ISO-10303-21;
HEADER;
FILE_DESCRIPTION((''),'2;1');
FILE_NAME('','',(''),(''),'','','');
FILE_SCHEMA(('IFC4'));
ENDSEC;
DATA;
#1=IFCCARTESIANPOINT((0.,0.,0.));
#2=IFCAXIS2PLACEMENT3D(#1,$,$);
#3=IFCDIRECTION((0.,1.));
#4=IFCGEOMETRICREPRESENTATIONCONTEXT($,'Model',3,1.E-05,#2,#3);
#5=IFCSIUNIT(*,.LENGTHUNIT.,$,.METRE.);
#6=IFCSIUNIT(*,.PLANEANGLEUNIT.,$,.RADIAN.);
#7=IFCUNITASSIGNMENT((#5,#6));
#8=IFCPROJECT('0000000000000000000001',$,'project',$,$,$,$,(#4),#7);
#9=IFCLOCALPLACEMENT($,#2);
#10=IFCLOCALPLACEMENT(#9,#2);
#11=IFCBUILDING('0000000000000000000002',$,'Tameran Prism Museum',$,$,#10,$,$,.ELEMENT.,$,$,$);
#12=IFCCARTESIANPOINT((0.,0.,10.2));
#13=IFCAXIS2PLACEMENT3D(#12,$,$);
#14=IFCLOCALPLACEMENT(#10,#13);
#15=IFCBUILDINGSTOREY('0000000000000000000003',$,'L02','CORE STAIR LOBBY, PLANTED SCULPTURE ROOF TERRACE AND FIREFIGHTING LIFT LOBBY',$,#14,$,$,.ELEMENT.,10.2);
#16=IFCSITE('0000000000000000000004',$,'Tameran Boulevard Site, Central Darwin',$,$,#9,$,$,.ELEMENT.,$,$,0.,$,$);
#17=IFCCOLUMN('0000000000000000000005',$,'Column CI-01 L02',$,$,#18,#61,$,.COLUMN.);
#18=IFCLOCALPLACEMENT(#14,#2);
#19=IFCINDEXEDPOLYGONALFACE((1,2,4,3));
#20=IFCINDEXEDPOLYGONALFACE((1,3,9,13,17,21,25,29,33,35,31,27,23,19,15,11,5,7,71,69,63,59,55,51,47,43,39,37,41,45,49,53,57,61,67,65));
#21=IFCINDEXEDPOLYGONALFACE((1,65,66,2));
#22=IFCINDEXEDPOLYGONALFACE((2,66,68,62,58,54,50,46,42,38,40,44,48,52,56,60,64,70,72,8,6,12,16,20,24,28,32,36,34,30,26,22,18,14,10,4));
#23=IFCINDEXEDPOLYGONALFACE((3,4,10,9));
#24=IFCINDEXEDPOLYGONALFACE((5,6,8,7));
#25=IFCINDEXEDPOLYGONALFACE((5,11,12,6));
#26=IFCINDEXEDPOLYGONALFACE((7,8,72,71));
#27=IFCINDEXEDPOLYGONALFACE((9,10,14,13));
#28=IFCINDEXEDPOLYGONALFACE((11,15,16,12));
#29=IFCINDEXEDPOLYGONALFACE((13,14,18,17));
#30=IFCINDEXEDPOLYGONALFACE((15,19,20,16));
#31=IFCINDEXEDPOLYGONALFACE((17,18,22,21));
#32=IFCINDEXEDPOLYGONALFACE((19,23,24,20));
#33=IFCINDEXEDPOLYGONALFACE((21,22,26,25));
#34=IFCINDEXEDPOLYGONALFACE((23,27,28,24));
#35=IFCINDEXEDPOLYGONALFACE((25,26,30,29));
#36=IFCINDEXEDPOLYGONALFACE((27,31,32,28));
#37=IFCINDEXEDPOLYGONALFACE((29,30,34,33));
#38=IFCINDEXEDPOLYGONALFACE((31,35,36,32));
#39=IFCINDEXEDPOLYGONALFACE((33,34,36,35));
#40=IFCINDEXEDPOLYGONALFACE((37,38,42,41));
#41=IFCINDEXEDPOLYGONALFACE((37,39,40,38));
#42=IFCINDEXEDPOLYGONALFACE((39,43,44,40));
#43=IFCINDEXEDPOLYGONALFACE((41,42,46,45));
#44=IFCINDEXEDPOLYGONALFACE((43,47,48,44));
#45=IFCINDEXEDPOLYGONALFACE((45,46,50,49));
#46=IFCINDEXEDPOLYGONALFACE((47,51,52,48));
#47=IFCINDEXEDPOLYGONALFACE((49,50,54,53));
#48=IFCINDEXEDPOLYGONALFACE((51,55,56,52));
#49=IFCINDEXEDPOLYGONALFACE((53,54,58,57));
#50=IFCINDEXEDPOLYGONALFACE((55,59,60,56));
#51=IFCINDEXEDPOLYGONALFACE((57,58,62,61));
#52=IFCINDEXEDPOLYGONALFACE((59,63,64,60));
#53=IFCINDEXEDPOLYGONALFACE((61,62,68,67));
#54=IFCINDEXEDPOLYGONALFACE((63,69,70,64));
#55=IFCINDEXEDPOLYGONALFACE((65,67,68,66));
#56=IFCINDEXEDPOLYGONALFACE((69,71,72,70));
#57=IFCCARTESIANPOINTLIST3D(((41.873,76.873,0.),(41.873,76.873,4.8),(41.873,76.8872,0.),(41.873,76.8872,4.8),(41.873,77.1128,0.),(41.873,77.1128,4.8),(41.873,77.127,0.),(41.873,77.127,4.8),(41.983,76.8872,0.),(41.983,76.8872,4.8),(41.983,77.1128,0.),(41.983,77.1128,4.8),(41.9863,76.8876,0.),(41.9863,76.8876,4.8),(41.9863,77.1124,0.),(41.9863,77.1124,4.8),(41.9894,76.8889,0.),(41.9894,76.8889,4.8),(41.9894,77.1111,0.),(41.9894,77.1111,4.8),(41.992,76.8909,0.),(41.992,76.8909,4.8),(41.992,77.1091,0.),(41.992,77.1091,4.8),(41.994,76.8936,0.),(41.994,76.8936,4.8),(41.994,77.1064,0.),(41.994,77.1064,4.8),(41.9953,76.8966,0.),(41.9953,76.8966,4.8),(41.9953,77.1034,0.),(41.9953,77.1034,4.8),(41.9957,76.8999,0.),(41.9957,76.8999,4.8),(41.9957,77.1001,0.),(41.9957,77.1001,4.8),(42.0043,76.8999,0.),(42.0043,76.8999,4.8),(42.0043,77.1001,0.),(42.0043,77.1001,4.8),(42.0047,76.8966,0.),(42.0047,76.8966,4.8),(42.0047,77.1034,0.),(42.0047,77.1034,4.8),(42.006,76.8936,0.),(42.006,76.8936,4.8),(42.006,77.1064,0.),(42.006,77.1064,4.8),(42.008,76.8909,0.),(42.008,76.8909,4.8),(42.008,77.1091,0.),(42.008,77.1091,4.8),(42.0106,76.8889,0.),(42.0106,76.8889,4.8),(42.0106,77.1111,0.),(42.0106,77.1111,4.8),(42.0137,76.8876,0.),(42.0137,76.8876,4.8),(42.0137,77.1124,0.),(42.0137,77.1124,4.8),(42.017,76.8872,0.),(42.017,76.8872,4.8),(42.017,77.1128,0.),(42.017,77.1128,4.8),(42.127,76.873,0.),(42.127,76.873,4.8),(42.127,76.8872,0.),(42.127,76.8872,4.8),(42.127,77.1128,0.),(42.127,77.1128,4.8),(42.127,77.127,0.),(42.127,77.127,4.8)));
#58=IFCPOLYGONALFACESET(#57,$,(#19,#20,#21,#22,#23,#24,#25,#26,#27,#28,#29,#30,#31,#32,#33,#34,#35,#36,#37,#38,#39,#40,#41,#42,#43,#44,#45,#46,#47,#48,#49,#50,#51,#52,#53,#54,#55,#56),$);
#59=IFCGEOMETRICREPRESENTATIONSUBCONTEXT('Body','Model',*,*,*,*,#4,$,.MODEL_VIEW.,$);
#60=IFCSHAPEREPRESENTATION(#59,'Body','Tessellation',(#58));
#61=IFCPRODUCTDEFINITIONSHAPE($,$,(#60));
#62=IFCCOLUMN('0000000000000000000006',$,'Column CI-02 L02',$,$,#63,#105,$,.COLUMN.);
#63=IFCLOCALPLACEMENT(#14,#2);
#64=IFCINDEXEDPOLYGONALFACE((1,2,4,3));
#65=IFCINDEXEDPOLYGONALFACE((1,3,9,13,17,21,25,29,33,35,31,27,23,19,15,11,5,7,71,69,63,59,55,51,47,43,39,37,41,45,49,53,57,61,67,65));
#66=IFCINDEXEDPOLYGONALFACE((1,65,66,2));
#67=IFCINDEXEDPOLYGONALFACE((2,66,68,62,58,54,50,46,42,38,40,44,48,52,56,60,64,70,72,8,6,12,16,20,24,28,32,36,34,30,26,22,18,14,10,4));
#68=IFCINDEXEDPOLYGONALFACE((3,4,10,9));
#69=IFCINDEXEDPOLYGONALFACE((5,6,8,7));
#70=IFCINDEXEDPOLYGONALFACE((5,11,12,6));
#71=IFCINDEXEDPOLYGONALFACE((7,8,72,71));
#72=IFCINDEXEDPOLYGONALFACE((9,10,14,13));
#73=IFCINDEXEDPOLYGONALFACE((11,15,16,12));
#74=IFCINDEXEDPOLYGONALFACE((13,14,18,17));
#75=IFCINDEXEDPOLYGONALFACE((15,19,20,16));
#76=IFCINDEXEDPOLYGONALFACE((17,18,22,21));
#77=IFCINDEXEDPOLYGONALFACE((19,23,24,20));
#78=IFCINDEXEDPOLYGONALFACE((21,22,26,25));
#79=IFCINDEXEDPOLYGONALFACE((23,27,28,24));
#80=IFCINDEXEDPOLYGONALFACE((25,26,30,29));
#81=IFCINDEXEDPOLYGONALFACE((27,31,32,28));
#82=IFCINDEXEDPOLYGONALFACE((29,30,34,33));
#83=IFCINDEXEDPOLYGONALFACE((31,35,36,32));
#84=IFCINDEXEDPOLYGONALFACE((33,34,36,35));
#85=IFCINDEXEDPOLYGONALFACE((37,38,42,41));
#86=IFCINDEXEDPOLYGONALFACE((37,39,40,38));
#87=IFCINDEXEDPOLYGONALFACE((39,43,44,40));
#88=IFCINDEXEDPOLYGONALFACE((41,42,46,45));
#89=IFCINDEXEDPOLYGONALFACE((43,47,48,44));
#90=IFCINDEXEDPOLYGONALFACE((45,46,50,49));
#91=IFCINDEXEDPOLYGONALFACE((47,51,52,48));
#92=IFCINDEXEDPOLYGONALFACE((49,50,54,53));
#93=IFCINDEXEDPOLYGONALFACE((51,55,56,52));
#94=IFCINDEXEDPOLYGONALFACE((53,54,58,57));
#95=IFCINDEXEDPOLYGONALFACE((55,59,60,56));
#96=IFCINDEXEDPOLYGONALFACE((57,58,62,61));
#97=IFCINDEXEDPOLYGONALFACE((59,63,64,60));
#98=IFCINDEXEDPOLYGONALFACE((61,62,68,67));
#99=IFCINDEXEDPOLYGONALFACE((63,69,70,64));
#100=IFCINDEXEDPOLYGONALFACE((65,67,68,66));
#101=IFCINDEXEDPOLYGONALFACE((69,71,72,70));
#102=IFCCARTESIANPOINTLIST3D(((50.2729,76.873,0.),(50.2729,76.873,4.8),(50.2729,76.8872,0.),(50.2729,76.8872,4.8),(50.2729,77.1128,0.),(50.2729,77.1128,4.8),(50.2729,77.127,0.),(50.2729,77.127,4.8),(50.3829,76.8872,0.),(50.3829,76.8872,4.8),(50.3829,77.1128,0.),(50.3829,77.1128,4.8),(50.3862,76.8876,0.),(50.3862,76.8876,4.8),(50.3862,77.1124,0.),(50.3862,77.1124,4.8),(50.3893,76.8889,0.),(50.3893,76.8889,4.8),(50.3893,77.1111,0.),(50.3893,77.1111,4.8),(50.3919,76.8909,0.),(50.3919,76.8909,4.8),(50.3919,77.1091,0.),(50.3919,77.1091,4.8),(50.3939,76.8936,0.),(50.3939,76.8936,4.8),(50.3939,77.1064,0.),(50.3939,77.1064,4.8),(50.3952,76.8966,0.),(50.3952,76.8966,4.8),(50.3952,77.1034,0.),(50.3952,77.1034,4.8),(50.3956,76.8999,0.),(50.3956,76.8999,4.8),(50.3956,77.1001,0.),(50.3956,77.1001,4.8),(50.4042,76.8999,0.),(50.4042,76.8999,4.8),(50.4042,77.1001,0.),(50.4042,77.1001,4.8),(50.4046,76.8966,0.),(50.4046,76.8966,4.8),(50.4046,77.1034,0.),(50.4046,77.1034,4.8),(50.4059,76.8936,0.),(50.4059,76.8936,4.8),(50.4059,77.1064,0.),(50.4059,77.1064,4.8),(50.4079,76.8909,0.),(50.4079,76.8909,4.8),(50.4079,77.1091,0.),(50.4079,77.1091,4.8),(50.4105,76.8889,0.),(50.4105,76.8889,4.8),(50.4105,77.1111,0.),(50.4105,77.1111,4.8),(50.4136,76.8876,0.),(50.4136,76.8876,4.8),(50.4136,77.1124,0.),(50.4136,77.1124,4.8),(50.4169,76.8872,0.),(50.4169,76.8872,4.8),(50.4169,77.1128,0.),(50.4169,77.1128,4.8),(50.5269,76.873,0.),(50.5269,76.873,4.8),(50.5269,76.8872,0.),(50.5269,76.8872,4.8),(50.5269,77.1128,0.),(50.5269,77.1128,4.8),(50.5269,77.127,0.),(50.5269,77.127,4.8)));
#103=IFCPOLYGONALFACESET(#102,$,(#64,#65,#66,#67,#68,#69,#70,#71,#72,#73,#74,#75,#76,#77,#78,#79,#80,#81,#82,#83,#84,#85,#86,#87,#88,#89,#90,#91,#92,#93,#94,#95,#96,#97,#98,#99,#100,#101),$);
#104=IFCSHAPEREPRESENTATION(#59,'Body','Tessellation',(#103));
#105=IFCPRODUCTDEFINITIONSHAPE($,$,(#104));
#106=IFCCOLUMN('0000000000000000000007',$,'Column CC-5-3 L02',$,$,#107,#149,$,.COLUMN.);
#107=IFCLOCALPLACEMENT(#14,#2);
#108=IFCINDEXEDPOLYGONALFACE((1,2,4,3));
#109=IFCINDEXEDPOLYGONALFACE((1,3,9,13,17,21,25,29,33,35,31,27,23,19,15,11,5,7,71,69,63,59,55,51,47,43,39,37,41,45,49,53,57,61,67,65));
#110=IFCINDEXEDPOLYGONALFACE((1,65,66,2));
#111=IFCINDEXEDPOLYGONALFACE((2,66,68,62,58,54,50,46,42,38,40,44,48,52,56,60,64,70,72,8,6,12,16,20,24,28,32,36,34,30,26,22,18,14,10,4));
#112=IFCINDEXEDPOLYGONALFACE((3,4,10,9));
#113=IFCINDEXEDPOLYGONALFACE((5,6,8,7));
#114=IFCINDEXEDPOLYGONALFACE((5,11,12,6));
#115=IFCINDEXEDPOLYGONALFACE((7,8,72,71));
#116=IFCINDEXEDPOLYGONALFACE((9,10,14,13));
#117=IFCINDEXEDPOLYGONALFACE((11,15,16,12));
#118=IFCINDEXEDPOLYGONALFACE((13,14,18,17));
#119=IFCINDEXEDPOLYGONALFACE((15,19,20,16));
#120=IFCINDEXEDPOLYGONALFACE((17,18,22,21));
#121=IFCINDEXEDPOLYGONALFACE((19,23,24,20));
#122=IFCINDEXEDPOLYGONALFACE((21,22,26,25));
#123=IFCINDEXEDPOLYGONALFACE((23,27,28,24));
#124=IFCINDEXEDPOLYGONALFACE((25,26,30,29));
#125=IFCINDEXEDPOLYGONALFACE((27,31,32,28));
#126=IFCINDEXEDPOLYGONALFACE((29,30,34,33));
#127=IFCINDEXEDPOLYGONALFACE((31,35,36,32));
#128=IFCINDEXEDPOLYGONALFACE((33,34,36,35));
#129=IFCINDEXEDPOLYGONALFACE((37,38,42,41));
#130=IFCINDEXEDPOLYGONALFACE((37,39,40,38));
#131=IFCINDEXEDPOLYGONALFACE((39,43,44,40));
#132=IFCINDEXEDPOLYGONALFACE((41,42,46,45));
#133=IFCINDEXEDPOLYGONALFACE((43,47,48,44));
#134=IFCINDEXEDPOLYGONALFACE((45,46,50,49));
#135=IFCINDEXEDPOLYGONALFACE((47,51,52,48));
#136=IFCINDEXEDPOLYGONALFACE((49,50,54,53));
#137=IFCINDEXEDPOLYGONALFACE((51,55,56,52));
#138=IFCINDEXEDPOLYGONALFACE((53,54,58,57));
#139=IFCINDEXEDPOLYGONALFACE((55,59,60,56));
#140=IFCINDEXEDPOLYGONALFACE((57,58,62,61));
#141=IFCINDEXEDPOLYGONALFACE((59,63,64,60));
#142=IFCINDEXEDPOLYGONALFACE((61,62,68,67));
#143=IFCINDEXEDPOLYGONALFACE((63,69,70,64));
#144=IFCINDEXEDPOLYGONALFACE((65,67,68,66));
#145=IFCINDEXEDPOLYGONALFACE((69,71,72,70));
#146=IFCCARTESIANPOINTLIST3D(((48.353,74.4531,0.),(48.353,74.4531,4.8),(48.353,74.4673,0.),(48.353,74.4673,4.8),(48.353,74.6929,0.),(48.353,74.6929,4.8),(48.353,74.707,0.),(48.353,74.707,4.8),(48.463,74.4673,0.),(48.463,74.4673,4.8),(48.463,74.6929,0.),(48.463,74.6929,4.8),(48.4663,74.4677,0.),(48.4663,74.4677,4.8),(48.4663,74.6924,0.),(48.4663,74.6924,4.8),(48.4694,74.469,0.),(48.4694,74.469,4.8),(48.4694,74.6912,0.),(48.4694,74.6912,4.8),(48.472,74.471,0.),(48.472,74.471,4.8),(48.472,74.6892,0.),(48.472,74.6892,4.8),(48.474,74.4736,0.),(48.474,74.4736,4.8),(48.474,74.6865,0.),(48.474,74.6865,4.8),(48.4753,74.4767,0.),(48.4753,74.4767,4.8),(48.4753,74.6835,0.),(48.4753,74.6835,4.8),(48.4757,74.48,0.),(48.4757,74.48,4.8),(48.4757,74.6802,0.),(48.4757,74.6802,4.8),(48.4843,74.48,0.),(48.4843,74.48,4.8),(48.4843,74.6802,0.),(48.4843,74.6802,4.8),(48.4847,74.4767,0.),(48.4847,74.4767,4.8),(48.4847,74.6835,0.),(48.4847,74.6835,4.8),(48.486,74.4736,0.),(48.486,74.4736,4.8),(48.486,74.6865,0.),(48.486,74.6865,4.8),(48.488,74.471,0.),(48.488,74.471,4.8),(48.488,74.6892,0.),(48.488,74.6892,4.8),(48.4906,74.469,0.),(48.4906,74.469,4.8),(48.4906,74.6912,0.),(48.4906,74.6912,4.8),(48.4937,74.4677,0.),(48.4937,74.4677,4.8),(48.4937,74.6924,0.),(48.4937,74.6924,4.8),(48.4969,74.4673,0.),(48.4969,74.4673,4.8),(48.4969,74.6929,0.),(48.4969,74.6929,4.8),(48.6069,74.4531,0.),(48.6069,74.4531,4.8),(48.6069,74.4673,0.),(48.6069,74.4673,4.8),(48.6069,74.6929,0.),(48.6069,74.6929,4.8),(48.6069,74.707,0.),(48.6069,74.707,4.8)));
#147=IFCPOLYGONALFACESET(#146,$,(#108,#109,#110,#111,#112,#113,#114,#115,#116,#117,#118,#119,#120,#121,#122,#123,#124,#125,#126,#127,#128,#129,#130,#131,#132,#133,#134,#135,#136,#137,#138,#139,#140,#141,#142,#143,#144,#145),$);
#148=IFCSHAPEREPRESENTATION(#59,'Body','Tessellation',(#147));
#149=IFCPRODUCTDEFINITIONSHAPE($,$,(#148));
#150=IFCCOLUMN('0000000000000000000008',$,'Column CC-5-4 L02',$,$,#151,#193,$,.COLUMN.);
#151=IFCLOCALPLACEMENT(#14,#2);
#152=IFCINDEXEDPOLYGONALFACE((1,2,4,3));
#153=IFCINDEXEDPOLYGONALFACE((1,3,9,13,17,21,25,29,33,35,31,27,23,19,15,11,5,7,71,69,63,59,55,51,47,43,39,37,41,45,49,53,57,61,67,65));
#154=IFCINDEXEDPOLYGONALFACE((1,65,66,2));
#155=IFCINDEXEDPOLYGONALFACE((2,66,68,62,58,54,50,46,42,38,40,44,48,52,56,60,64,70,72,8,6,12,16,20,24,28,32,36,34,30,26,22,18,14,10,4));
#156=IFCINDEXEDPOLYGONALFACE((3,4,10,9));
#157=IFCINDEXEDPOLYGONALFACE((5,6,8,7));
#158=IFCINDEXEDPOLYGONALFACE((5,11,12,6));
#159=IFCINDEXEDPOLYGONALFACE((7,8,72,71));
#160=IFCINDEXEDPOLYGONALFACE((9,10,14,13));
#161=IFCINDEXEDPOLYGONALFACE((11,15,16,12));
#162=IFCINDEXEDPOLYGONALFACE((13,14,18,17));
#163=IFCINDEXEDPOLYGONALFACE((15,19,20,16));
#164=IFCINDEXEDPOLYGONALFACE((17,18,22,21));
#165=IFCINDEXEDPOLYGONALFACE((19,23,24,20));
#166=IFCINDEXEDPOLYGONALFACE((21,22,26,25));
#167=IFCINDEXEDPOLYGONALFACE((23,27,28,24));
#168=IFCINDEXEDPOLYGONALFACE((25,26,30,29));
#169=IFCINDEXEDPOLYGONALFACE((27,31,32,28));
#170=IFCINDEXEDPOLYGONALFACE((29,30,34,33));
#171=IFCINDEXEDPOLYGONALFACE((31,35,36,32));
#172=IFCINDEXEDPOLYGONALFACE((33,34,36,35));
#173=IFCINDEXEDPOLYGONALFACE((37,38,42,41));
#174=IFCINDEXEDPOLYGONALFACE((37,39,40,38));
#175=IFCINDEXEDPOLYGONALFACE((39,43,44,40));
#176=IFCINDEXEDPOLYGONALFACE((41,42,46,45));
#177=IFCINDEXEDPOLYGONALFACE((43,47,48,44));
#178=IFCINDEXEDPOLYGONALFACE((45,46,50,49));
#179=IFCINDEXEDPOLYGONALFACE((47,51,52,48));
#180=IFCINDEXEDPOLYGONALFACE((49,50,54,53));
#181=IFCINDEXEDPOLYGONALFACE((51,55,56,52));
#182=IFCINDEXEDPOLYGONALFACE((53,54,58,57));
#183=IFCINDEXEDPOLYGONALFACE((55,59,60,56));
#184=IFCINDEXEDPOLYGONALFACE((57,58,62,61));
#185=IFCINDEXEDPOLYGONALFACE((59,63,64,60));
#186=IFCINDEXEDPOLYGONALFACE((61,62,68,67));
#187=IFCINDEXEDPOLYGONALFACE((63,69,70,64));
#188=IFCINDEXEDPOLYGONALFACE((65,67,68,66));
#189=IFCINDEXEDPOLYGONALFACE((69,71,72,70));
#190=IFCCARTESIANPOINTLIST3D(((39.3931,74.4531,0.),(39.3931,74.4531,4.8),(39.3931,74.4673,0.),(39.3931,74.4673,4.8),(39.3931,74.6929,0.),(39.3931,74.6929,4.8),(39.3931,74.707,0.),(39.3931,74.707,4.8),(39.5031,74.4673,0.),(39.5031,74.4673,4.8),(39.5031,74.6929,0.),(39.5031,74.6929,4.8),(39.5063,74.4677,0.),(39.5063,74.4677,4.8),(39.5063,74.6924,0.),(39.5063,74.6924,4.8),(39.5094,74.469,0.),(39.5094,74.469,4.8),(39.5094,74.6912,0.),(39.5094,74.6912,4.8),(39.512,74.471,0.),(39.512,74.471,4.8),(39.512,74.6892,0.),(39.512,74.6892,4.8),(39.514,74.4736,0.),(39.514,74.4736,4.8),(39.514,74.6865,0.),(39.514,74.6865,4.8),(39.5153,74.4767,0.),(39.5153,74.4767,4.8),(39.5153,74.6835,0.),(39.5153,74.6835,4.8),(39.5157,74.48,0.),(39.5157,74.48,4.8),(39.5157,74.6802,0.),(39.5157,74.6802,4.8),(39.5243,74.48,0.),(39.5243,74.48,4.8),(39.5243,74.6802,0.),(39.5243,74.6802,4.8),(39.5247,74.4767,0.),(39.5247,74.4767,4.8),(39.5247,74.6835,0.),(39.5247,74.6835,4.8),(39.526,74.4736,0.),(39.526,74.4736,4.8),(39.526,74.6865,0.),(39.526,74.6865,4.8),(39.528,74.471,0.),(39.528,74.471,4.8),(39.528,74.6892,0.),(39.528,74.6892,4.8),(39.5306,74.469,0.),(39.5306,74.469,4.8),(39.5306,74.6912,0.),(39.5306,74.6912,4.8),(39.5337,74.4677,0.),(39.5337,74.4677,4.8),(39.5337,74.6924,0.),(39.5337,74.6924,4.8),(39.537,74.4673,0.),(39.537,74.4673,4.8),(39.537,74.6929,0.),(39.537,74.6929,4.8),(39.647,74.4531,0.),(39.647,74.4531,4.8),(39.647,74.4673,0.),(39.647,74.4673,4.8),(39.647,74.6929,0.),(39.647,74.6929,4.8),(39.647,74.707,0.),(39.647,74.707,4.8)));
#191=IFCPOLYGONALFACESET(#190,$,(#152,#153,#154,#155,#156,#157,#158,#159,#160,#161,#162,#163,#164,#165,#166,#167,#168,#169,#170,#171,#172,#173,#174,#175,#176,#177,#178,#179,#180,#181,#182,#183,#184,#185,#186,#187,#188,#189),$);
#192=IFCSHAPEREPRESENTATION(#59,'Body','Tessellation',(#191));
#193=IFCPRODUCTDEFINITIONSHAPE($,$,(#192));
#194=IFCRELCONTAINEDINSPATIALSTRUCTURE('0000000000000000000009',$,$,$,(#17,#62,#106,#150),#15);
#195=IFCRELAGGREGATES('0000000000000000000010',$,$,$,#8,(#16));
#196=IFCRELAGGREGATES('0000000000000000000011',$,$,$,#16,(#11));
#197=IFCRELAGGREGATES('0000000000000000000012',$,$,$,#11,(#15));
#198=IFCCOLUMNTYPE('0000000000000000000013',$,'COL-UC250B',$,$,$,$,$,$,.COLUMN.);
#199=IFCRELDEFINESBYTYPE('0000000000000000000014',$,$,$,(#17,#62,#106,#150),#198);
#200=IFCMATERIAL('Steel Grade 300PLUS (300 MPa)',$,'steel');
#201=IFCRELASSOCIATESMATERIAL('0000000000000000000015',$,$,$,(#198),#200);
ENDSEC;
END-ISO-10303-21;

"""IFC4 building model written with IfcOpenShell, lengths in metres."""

from ifc_helpers import new_model, si_unit, direction, frame, origin, origin_2d, place, context, subcontext, project, spatial, i_section, extrude, material, material_profile, profile_set, type_object, element, save


model = new_model("IFC4")

# Units and contexts
model_context = context("Model", 3, precision=1e-05, world=origin(), true_north=direction((0.0, 1.0)))
body_context = subcontext(model_context, "Body", "Model", "MODEL_VIEW")
ifc_project = project(units=[si_unit("LENGTHUNIT", "METRE"), si_unit("PLANEANGLEUNIT", "RADIAN")], contexts=[model_context])

# Site, building, storey
site_placement = place(None, origin())
site = spatial("IfcSite", under=ifc_project, at=site_placement, Name="Tameran Boulevard Site, Central Darwin", CompositionType="ELEMENT", RefElevation=0.0)
building_placement = place(site_placement, origin())
building = spatial("IfcBuilding", under=site, at=building_placement, Name="Tameran Prism Museum", CompositionType="ELEMENT")
storey_placement = place(building_placement, frame((0.0, 0.0, 10.2)))
storey = spatial("IfcBuildingStorey", under=building, at=storey_placement, Name="L02", Description="CORE STAIR LOBBY, PLANTED SCULPTURE ROOF TERRACE AND FIREFIGHTING LIFT LOBBY", CompositionType="ELEMENT", Elevation=10.2)

# Columns
ifc_material_1 = material(Name="Steel Grade 300PLUS (300 MPa)", Category="steel")
ifc_material_profile_1 = material_profile(ifc_material_1, i_section(OverallWidth=0.2539, OverallDepth=0.2539, WebThickness=0.0085, FlangeThickness=0.0142, FilletRadius=0.0127, at=origin_2d()))
ifc_profile_set_1 = profile_set([ifc_material_profile_1])
column_type = type_object("IfcColumnType", Name="COL-UC250B", PredefinedType="COLUMN", material=ifc_profile_set_1)
for number, where, z_axis, x_axis, name in (
    (1, (42.0, 77.0, 0.0), (0.0, 0.0, 1.0), (1.0, 0.0, 0.0), "Column CI-01 L02"),
    (2, (50.3999, 77.0, 0.0), (0.0, 0.0, 1.0), (1.0, 0.0, 0.0), "Column CI-02 L02"),
    (3, (48.48, 74.5801, 0.0), (0.0, 0.0, 1.0), (1.0, 0.0, 0.0), "Column CC-5-3 L02"),
    (4, (39.52, 74.5801, 0.0), (0.0, 0.0, 1.0), (1.0, 0.0, 0.0), "Column CC-5-4 L02"),
):
    element("IfcColumn", number, at=place(storey_placement, frame(where, z_axis=z_axis, x_axis=x_axis)), inside=storey, type_object=column_type, Name=name, PredefinedType="COLUMN", context=body_context, shape_type="SweptSolid", body=[
        extrude(i_section(OverallWidth=0.2539, OverallDepth=0.2539, WebThickness=0.0085, FlangeThickness=0.0142, FilletRadius=0.0127, at=origin_2d()), origin(), (0.0, 0.0, 1.0), 4.8),
    ])

save(model, "model.ifc")
